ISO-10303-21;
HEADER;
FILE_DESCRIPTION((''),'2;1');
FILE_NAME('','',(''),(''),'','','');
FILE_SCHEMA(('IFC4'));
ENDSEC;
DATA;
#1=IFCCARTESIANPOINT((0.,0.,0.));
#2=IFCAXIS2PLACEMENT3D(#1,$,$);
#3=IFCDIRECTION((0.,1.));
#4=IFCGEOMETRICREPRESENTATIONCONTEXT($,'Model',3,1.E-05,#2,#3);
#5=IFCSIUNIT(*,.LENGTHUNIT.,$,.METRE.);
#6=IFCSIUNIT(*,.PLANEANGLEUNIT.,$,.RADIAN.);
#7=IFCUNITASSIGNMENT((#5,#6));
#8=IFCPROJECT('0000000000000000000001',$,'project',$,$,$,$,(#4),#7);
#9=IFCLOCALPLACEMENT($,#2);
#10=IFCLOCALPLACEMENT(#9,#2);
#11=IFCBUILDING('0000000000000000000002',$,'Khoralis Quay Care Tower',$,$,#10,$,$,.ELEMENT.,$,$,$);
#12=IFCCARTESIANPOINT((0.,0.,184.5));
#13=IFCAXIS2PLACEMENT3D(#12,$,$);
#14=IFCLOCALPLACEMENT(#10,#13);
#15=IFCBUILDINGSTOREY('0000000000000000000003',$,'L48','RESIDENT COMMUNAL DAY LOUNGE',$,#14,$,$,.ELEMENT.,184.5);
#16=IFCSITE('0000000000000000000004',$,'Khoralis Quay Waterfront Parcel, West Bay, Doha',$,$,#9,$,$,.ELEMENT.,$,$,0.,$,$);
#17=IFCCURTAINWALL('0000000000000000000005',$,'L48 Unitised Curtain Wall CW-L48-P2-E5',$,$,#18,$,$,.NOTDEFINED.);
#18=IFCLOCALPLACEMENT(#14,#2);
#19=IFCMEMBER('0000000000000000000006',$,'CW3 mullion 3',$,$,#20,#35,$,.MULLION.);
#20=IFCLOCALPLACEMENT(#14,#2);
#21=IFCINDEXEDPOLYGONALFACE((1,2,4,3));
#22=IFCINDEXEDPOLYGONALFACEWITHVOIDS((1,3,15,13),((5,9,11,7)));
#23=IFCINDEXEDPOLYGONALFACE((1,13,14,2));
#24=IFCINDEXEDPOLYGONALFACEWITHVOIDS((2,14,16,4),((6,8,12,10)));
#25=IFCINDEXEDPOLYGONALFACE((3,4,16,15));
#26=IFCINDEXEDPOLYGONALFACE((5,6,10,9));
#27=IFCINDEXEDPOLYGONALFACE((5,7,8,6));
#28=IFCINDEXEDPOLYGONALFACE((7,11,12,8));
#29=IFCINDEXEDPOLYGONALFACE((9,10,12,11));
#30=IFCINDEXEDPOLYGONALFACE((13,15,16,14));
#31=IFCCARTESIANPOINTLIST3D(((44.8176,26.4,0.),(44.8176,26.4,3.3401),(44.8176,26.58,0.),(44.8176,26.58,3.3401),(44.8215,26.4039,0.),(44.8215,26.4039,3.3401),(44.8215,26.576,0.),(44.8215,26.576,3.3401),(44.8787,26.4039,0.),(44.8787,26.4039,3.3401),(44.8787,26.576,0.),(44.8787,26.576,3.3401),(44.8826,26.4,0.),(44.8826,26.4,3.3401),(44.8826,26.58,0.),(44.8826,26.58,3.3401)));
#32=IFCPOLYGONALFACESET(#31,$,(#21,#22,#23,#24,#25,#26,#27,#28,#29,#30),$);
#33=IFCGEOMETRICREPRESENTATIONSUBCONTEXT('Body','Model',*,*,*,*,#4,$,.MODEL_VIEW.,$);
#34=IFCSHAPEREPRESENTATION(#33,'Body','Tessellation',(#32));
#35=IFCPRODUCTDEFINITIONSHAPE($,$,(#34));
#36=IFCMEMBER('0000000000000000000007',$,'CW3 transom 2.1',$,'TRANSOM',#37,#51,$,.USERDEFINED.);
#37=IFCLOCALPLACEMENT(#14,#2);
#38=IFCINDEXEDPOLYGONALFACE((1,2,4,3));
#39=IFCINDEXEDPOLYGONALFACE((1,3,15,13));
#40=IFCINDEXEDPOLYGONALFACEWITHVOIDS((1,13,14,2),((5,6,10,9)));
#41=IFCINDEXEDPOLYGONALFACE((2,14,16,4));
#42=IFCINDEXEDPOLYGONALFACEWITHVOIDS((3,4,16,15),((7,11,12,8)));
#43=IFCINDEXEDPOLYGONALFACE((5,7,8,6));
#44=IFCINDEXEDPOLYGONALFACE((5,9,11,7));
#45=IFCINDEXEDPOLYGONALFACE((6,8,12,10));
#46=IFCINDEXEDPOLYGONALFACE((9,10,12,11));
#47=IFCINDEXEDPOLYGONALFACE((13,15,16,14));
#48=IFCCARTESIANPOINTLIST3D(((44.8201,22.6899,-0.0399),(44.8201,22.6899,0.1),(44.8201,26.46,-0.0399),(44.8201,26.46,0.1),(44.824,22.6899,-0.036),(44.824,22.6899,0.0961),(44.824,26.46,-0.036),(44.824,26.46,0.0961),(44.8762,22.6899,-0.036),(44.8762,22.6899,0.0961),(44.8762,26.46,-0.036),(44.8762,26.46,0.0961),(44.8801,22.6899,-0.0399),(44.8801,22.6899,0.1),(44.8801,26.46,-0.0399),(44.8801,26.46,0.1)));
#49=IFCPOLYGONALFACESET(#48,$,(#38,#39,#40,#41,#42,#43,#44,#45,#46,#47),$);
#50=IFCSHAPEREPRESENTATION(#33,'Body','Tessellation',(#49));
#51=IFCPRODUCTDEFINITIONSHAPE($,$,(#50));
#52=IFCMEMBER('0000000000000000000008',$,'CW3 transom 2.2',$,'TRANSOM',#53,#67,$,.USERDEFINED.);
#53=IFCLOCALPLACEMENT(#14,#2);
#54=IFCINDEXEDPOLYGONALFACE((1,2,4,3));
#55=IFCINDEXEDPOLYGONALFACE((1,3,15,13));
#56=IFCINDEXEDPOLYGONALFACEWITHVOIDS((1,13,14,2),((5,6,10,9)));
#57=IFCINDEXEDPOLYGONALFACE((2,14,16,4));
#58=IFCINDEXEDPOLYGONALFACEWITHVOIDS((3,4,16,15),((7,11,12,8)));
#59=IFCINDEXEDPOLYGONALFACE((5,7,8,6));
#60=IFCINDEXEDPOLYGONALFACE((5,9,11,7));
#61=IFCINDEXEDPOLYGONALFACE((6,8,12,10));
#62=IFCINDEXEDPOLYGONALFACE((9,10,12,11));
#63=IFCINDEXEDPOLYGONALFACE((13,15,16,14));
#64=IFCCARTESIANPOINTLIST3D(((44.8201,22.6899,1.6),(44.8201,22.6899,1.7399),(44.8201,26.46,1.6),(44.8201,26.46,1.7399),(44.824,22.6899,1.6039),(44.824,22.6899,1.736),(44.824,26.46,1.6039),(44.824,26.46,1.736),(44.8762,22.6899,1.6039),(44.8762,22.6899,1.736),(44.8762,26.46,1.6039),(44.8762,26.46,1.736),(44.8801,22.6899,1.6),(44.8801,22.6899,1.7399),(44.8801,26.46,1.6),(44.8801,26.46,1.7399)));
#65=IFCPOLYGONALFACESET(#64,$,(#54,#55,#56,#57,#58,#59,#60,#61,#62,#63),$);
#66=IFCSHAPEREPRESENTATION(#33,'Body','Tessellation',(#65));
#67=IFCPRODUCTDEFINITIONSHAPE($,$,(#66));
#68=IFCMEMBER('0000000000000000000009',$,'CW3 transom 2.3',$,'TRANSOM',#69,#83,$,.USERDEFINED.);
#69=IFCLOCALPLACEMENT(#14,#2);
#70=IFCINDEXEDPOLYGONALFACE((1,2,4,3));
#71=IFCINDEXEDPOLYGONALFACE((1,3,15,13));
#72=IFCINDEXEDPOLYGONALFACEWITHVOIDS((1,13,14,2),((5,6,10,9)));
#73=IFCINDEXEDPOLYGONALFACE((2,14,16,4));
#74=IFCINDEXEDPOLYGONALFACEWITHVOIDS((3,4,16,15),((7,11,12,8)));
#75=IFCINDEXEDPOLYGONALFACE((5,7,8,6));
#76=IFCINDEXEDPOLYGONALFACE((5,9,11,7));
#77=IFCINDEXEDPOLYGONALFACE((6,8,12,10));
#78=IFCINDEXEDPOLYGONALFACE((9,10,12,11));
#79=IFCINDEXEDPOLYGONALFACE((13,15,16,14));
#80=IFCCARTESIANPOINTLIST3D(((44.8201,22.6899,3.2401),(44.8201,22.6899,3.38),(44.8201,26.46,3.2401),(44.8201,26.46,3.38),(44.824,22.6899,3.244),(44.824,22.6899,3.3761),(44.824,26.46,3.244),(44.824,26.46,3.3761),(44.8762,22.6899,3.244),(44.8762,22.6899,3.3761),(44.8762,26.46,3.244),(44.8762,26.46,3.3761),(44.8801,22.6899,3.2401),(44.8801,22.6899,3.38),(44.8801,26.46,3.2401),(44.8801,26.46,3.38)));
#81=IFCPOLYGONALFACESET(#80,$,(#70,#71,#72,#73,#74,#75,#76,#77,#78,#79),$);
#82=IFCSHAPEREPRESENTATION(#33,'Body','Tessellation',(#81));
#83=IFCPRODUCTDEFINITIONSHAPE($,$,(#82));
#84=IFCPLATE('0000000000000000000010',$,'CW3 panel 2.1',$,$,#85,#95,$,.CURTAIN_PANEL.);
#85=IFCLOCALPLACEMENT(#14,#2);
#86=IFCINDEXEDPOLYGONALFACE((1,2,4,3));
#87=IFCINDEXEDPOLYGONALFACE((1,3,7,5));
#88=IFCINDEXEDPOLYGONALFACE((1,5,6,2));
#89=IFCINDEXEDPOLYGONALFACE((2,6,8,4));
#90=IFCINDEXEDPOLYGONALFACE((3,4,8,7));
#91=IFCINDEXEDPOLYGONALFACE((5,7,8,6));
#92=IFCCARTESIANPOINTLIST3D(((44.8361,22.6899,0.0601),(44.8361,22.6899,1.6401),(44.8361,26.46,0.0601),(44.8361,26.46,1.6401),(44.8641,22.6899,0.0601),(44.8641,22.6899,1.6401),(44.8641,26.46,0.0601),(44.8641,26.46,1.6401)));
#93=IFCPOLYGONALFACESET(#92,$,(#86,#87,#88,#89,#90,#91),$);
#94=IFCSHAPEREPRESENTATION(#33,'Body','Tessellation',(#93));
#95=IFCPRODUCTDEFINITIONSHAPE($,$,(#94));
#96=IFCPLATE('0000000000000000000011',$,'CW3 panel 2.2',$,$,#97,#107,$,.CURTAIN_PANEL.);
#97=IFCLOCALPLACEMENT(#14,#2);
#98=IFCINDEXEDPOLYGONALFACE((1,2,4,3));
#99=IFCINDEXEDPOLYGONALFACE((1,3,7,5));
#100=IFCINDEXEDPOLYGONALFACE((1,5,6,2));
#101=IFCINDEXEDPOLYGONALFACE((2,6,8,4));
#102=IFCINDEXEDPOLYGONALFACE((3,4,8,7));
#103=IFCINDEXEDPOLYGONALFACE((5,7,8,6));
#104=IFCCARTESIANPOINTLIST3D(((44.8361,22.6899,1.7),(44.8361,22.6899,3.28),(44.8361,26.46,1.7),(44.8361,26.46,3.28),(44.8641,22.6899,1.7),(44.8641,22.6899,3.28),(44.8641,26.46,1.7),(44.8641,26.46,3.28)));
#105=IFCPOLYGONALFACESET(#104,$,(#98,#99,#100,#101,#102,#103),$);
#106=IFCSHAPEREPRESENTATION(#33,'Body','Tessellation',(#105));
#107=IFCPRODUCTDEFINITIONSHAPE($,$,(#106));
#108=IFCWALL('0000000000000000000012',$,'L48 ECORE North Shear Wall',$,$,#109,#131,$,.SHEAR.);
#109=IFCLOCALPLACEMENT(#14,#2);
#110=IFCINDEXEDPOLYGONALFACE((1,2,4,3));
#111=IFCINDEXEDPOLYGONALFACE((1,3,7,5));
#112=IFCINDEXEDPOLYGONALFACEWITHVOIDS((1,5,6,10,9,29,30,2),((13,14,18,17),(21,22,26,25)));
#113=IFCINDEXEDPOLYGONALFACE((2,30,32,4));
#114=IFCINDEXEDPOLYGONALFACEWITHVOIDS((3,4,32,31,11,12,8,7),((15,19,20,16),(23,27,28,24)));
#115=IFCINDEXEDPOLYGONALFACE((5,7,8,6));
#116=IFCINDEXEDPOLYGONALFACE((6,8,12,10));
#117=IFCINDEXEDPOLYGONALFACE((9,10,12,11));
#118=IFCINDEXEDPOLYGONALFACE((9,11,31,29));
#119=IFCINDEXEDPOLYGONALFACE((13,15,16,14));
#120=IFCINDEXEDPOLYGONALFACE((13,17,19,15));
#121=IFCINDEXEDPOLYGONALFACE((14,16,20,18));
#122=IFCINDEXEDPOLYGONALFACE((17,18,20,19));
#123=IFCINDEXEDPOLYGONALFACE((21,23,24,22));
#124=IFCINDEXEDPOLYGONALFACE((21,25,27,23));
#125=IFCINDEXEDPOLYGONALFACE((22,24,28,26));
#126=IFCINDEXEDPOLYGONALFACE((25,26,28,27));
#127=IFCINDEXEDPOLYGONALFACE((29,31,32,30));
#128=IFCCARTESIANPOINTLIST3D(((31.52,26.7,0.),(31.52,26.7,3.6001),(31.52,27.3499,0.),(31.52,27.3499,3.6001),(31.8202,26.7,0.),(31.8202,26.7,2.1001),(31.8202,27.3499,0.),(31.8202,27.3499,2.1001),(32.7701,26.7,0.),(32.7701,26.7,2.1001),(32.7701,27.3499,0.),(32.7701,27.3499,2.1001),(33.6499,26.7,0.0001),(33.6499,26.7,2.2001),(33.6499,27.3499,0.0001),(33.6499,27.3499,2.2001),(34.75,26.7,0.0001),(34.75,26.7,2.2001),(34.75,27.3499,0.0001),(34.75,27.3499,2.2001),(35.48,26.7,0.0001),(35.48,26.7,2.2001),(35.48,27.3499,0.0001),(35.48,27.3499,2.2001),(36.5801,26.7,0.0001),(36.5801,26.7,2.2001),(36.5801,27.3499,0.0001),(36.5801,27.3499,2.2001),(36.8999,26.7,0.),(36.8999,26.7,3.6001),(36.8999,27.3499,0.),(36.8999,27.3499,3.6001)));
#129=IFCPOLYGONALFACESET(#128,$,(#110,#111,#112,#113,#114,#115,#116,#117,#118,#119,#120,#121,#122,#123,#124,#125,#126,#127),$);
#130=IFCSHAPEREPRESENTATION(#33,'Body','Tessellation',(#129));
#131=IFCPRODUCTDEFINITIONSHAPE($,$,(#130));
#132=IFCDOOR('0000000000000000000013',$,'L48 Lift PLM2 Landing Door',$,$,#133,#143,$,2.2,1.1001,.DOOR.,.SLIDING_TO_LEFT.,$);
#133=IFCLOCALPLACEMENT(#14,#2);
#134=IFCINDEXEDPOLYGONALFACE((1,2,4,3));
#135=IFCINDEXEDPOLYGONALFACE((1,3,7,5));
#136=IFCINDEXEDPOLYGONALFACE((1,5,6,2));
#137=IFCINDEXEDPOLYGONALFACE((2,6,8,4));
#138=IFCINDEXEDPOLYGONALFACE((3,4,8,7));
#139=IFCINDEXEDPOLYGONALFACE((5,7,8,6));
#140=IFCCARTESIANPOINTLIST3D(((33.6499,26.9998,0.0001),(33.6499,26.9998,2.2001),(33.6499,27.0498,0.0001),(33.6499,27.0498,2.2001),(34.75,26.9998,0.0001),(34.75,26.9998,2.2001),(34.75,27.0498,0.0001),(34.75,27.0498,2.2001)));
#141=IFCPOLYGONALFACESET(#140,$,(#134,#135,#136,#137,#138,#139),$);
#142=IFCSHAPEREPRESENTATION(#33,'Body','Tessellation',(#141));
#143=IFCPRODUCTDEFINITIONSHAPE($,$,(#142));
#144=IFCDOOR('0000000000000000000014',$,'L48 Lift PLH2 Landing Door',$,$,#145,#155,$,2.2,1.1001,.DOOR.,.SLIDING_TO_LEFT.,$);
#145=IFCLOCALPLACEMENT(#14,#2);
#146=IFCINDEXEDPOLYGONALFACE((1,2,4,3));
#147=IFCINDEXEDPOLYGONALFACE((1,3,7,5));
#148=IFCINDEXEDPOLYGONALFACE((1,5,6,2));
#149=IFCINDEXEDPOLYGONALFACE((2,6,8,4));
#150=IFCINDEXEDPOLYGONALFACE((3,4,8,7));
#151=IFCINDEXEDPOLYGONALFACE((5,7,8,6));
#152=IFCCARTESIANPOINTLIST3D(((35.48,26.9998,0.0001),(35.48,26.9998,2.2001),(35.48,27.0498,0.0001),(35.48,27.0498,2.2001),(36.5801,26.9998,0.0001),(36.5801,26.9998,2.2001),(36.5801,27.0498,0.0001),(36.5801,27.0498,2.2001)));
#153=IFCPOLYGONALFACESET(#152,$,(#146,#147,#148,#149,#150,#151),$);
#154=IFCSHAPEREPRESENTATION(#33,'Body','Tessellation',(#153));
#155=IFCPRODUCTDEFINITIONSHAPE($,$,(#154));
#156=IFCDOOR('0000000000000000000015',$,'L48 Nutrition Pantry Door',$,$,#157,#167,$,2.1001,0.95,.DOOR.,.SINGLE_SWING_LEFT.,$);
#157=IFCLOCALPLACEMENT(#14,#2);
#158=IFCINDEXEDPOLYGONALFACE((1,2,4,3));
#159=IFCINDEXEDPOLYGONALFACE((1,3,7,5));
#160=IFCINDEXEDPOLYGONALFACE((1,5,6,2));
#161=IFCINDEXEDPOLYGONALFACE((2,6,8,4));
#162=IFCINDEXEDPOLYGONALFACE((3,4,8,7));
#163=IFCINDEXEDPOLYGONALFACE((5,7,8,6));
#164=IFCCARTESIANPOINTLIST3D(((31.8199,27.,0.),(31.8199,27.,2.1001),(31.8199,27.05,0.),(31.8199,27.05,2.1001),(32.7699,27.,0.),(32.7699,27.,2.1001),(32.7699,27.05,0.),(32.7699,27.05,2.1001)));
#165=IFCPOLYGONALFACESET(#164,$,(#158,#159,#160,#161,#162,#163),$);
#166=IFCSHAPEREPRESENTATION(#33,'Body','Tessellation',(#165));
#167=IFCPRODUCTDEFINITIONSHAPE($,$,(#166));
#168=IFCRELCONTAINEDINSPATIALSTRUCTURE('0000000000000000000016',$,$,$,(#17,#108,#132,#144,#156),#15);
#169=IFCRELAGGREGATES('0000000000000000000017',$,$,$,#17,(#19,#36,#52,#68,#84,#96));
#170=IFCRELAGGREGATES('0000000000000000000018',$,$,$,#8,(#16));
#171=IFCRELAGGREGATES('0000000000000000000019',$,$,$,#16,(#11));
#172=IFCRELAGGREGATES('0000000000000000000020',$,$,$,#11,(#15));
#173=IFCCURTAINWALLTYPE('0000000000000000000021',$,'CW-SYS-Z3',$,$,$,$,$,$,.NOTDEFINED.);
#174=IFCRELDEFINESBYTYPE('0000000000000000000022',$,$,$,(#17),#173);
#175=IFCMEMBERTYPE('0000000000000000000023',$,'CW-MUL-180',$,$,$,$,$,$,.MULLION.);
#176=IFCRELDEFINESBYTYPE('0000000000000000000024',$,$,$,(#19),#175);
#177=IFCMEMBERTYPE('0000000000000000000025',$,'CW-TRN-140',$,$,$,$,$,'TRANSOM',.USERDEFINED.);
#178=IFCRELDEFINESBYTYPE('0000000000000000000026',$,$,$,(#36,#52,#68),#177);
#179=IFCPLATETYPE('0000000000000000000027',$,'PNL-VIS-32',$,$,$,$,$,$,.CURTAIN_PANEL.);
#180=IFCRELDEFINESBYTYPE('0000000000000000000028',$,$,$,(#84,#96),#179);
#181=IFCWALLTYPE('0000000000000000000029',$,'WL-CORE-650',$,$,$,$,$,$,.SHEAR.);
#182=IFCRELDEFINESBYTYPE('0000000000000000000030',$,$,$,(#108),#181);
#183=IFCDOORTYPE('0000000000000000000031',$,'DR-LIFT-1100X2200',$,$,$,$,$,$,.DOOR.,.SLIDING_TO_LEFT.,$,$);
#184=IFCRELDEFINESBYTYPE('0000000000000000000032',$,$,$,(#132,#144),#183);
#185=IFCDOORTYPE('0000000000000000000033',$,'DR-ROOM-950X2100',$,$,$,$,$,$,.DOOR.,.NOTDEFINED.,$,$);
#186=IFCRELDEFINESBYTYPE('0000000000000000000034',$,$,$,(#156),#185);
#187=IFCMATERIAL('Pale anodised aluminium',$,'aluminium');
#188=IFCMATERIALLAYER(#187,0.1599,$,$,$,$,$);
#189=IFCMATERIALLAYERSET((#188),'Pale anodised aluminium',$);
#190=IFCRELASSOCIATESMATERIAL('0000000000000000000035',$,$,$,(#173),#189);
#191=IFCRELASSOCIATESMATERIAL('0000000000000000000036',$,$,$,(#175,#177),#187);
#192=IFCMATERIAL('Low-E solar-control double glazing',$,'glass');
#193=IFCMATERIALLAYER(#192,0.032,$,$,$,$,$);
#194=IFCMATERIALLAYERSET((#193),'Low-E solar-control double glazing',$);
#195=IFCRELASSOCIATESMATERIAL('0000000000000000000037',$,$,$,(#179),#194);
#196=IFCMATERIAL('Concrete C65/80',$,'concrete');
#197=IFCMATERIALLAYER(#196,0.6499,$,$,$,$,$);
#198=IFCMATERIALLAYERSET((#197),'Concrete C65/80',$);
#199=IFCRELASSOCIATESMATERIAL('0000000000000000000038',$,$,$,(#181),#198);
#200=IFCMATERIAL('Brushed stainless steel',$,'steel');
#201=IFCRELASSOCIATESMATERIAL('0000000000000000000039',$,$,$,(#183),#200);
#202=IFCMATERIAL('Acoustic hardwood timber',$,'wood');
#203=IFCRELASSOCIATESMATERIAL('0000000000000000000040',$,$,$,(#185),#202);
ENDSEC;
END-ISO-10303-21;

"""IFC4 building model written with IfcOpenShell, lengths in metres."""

from ifc_helpers import new_model, si_unit, direction, frame, frame_2d, origin, origin_2d, place, context, subcontext, project, spatial, rectangle, hollow_rectangle, extrude, source, transform, mapped, material, layer, layer_set, material_profile, profile_set, type_object, element, fill, aggregate, save


model = new_model("IFC4")

# Units and contexts
model_context = context("Model", 3, precision=1e-05, world=origin(), true_north=direction((0.0, 1.0)))
body_context = subcontext(model_context, "Body", "Model", "MODEL_VIEW")
ifc_project = project(units=[si_unit("LENGTHUNIT", "METRE"), si_unit("PLANEANGLEUNIT", "RADIAN")], contexts=[model_context])

# Site, building, storey
site_placement = place(None, origin())
site = spatial("IfcSite", under=ifc_project, at=site_placement, Name="Khoralis Quay Waterfront Parcel, West Bay, Doha", CompositionType="ELEMENT", RefElevation=0.0)
building_placement = place(site_placement, origin())
building = spatial("IfcBuilding", under=site, at=building_placement, Name="Khoralis Quay Care Tower", CompositionType="ELEMENT")
storey_placement = place(building_placement, frame((0.0, 0.0, 184.5)))
storey = spatial("IfcBuildingStorey", under=building, at=storey_placement, Name="L48", Description="RESIDENT COMMUNAL DAY LOUNGE", CompositionType="ELEMENT", Elevation=184.5)

# Shared definitions
ifc_material_1 = material(Name="Concrete C65/80", Category="concrete")

# Curtain wall, members, plates
ifc_material_2 = material(Name="Pale anodised aluminium", Category="aluminium")
ifc_layer_1 = layer(ifc_material_2, 0.1599)
ifc_layer_set_1 = layer_set([ifc_layer_1], Name="Pale anodised aluminium")
curtain_wall_type = type_object("IfcCurtainWallType", Name="CW-SYS-Z3", PredefinedType="NOTDEFINED", material=ifc_layer_set_1)
curtain_wall_placement = place(storey_placement, origin())
curtain_wall = element("IfcCurtainWall", 1, at=curtain_wall_placement, inside=storey, type_object=curtain_wall_type, Name="L48 Unitised Curtain Wall CW-L48-P2-E5", PredefinedType="NOTDEFINED")
ifc_material_profile_1 = material_profile(ifc_material_2, hollow_rectangle(XDim=0.0649, YDim=0.1799, WallThickness=0.0039, at=origin_2d()), Name="Pale anodised aluminium")
ifc_profile_set_1 = profile_set([ifc_material_profile_1], Name="Pale anodised aluminium")
member_type_1 = type_object("IfcMemberType", Name="CW-MUL-180", PredefinedType="MULLION", material=ifc_profile_set_1)
shared_shape_1 = source(origin(), body_context, "Body", "SweptSolid", [
    extrude(hollow_rectangle(XDim=0.0649, YDim=0.1799, WallThickness=0.0039, at=origin_2d()), origin(), (0.0, 0.0, 1.0), 3.3401),
])
member_1_placement = place(storey_placement, frame((44.8501, 26.49, 0.0), z_axis=(0.0, 0.0, 1.0), x_axis=(-1.0, 0.0, 0.0)))
member_1 = element("IfcMember", 2, at=member_1_placement, type_object=member_type_1, Name="CW3 mullion 3", PredefinedType="MULLION", context=body_context, shape_type="MappedRepresentation", body=[
    mapped(shared_shape_1, transform((0.0, 0.0, 0.0), scale=1.0)),
])
ifc_material_profile_2 = material_profile(ifc_material_2, hollow_rectangle(XDim=0.0601, YDim=0.1399, WallThickness=0.0039, at=origin_2d()), Name="Pale anodised aluminium")
ifc_profile_set_2 = profile_set([ifc_material_profile_2], Name="Pale anodised aluminium")
member_type_2 = type_object("IfcMemberType", Name="CW-TRN-140", ElementType="TRANSOM", PredefinedType="USERDEFINED", material=ifc_profile_set_2)
shared_shape_2 = source(origin(), body_context, "Body", "SweptSolid", [
    extrude(hollow_rectangle(XDim=0.0601, YDim=0.1399, WallThickness=0.0039, at=origin_2d()), origin(), (0.0, 0.0, 1.0), 3.77),
])
member_2_placement = place(storey_placement, frame((44.8501, 22.6899, 0.03), z_axis=(0.0, 1.0, 0.0), x_axis=(-1.0, 0.0, 0.0)))
member_2 = element("IfcMember", 3, at=member_2_placement, type_object=member_type_2, Name="CW3 transom 2.1", ObjectType="TRANSOM", PredefinedType="USERDEFINED", context=body_context, shape_type="MappedRepresentation", body=[
    mapped(shared_shape_2, transform((0.0, 0.0, 0.0), scale=1.0)),
])
member_3_placement = place(storey_placement, frame((44.8501, 22.6899, 1.6699), z_axis=(0.0, 1.0, 0.0), x_axis=(-1.0, 0.0, 0.0)))
member_3 = element("IfcMember", 4, at=member_3_placement, type_object=member_type_2, Name="CW3 transom 2.2", ObjectType="TRANSOM", PredefinedType="USERDEFINED", context=body_context, shape_type="MappedRepresentation", body=[
    mapped(shared_shape_2, transform((0.0, 0.0, 0.0), scale=1.0)),
])
member_4_placement = place(storey_placement, frame((44.8501, 22.6899, 3.3101), z_axis=(0.0, 1.0, 0.0), x_axis=(-1.0, 0.0, 0.0)))
member_4 = element("IfcMember", 5, at=member_4_placement, type_object=member_type_2, Name="CW3 transom 2.3", ObjectType="TRANSOM", PredefinedType="USERDEFINED", context=body_context, shape_type="MappedRepresentation", body=[
    mapped(shared_shape_2, transform((0.0, 0.0, 0.0), scale=1.0)),
])
ifc_material_3 = material(Name="Low-E solar-control double glazing", Category="glass")
ifc_layer_2 = layer(ifc_material_3, 0.032)
ifc_layer_set_2 = layer_set([ifc_layer_2], Name="Low-E solar-control double glazing")
plate_type = type_object("IfcPlateType", Name="PNL-VIS-32", PredefinedType="CURTAIN_PANEL", material=ifc_layer_set_2)
shared_shape_3 = source(origin(), body_context, "Body", "SweptSolid", [
    extrude(rectangle(XDim=3.77, YDim=0.0281, at=origin_2d()), origin(), (0.0, 0.0, 1.0), 1.5801),
])
plate_1_placement = place(storey_placement, frame((44.8501, 24.575, 0.0601), z_axis=(0.0, 0.0, 1.0), x_axis=(0.0, 1.0, 0.0)))
plate_1 = element("IfcPlate", 6, at=plate_1_placement, type_object=plate_type, Name="CW3 panel 2.1", PredefinedType="CURTAIN_PANEL", context=body_context, shape_type="MappedRepresentation", body=[
    mapped(shared_shape_3, transform((0.0, 0.0, 0.0), scale=1.0)),
])
plate_2_placement = place(storey_placement, frame((44.8501, 24.575, 1.7), z_axis=(0.0, 0.0, 1.0), x_axis=(0.0, 1.0, 0.0)))
plate_2 = element("IfcPlate", 7, at=plate_2_placement, type_object=plate_type, Name="CW3 panel 2.2", PredefinedType="CURTAIN_PANEL", context=body_context, shape_type="MappedRepresentation", body=[
    mapped(shared_shape_3, transform((0.0, 0.0, 0.0), scale=1.0)),
])
aggregate(curtain_wall, [member_1, member_2, member_3, member_4, plate_1, plate_2])

# Wall, openings, doors
ifc_layer_3 = layer(ifc_material_1, 0.6499)
ifc_layer_set_3 = layer_set([ifc_layer_3], Name="Concrete C65/80")
wall_type_1 = type_object("IfcWallType", Name="WL-CORE-650", PredefinedType="SHEAR", material=ifc_layer_set_3)
wall_1_placement = place(storey_placement, frame((31.52, 27.0249, 0.0), z_axis=(0.0, 0.0, 1.0), x_axis=(1.0, 0.0, 0.0)))
wall_1 = element("IfcWall", 8, at=wall_1_placement, inside=storey, type_object=wall_type_1, Name="L48 ECORE North Shear Wall", PredefinedType="SHEAR", context=body_context, shape_type="SweptSolid", body=[
    extrude(rectangle(XDim=5.3799, YDim=0.6499, at=frame_2d((2.6899, 0.0))), origin(), (0.0, 0.0, 1.0), 3.6001),
])
opening_1_placement = place(wall_1_placement, frame((0.3, 0.0, 0.0)))
opening_1 = element("IfcOpeningElement", 9, at=opening_1_placement, cuts=wall_1, PredefinedType="OPENING", context=body_context, shape_type="SweptSolid", body=[
    extrude(rectangle(XDim=0.95, YDim=2.1001, at=frame_2d((0.4751, 1.05))), frame((0.0, 0.335, 0.0), z_axis=(0.0, -1.0, 0.0), x_axis=(1.0, 0.0, 0.0)), (0.0, 0.0, 1.0), 0.6699),
])
opening_2_placement = place(wall_1_placement, frame((2.1299, 0.0, 0.0)))
opening_2 = element("IfcOpeningElement", 10, at=opening_2_placement, cuts=wall_1, PredefinedType="OPENING", context=body_context, shape_type="SweptSolid", body=[
    extrude(rectangle(XDim=1.1001, YDim=2.2, at=frame_2d((0.55, 1.1001))), frame((0.0, 0.335, 0.0), z_axis=(0.0, -1.0, 0.0), x_axis=(1.0, 0.0, 0.0)), (0.0, 0.0, 1.0), 0.6699),
])
opening_3_placement = place(wall_1_placement, frame((3.96, 0.0, 0.0)))
opening_3 = element("IfcOpeningElement", 11, at=opening_3_placement, cuts=wall_1, PredefinedType="OPENING", context=body_context, shape_type="SweptSolid", body=[
    extrude(rectangle(XDim=1.1001, YDim=2.2, at=frame_2d((0.55, 1.1001))), frame((0.0, 0.335, 0.0), z_axis=(0.0, -1.0, 0.0), x_axis=(1.0, 0.0, 0.0)), (0.0, 0.0, 1.0), 0.6699),
])
ifc_material_4 = material(Name="Brushed stainless steel", Category="steel")
door_type_1 = type_object("IfcDoorType", Name="DR-LIFT-1100X2200", OperationType="SLIDING_TO_LEFT", PredefinedType="DOOR", material=ifc_material_4)
shared_shape_4 = source(origin(), body_context, "Body", "SweptSolid", [
    extrude(rectangle(XDim=1.1001, YDim=2.2, at=frame_2d((0.55, 1.1001))), frame((0.0, 0.0249, 0.0), z_axis=(0.0, -1.0, 0.0), x_axis=(1.0, 0.0, 0.0)), (0.0, 0.0, 1.0), 0.05),
])
door_1_placement = place(opening_2_placement, origin())
door_1 = element("IfcDoor", 12, at=door_1_placement, inside=storey, type_object=door_type_1, Name="L48 Lift PLM2 Landing Door", OperationType="SLIDING_TO_LEFT", OverallHeight=2.2, OverallWidth=1.1001, PredefinedType="DOOR", context=body_context, shape_type="MappedRepresentation", body=[
    mapped(shared_shape_4, transform((0.0, 0.0, 0.0), scale=1.0)),
])
fill(opening_2, door_1)
door_2_placement = place(opening_3_placement, origin())
door_2 = element("IfcDoor", 13, at=door_2_placement, inside=storey, type_object=door_type_1, Name="L48 Lift PLH2 Landing Door", OperationType="SLIDING_TO_LEFT", OverallHeight=2.2, OverallWidth=1.1001, PredefinedType="DOOR", context=body_context, shape_type="MappedRepresentation", body=[
    mapped(shared_shape_4, transform((0.0, 0.0, 0.0), scale=1.0)),
])
fill(opening_3, door_2)
ifc_material_5 = material(Name="Acoustic hardwood timber", Category="wood")
door_type_2 = type_object("IfcDoorType", Name="DR-ROOM-950X2100", OperationType="NOTDEFINED", PredefinedType="DOOR", material=ifc_material_5)
shared_shape_5 = source(origin(), body_context, "Body", "SweptSolid", [
    extrude(rectangle(XDim=0.95, YDim=2.1001, at=frame_2d((0.4751, 1.05))), frame((0.0, 0.0249, 0.0), z_axis=(0.0, -1.0, 0.0), x_axis=(1.0, 0.0, 0.0)), (0.0, 0.0, 1.0), 0.05),
])
door_3_placement = place(opening_1_placement, frame((0.95, 0.0, 0.0), z_axis=(0.0, 0.0, 1.0), x_axis=(-1.0, 0.0, 0.0)))
door_3 = element("IfcDoor", 14, at=door_3_placement, inside=storey, type_object=door_type_2, Name="L48 Nutrition Pantry Door", OperationType="SINGLE_SWING_LEFT", OverallHeight=2.1001, OverallWidth=0.95, PredefinedType="DOOR", context=body_context, shape_type="MappedRepresentation", body=[
    mapped(shared_shape_5, transform((0.0, 0.0, 0.0), scale=1.0)),
])
fill(opening_1, door_3)

save(model, "model.ifc")
